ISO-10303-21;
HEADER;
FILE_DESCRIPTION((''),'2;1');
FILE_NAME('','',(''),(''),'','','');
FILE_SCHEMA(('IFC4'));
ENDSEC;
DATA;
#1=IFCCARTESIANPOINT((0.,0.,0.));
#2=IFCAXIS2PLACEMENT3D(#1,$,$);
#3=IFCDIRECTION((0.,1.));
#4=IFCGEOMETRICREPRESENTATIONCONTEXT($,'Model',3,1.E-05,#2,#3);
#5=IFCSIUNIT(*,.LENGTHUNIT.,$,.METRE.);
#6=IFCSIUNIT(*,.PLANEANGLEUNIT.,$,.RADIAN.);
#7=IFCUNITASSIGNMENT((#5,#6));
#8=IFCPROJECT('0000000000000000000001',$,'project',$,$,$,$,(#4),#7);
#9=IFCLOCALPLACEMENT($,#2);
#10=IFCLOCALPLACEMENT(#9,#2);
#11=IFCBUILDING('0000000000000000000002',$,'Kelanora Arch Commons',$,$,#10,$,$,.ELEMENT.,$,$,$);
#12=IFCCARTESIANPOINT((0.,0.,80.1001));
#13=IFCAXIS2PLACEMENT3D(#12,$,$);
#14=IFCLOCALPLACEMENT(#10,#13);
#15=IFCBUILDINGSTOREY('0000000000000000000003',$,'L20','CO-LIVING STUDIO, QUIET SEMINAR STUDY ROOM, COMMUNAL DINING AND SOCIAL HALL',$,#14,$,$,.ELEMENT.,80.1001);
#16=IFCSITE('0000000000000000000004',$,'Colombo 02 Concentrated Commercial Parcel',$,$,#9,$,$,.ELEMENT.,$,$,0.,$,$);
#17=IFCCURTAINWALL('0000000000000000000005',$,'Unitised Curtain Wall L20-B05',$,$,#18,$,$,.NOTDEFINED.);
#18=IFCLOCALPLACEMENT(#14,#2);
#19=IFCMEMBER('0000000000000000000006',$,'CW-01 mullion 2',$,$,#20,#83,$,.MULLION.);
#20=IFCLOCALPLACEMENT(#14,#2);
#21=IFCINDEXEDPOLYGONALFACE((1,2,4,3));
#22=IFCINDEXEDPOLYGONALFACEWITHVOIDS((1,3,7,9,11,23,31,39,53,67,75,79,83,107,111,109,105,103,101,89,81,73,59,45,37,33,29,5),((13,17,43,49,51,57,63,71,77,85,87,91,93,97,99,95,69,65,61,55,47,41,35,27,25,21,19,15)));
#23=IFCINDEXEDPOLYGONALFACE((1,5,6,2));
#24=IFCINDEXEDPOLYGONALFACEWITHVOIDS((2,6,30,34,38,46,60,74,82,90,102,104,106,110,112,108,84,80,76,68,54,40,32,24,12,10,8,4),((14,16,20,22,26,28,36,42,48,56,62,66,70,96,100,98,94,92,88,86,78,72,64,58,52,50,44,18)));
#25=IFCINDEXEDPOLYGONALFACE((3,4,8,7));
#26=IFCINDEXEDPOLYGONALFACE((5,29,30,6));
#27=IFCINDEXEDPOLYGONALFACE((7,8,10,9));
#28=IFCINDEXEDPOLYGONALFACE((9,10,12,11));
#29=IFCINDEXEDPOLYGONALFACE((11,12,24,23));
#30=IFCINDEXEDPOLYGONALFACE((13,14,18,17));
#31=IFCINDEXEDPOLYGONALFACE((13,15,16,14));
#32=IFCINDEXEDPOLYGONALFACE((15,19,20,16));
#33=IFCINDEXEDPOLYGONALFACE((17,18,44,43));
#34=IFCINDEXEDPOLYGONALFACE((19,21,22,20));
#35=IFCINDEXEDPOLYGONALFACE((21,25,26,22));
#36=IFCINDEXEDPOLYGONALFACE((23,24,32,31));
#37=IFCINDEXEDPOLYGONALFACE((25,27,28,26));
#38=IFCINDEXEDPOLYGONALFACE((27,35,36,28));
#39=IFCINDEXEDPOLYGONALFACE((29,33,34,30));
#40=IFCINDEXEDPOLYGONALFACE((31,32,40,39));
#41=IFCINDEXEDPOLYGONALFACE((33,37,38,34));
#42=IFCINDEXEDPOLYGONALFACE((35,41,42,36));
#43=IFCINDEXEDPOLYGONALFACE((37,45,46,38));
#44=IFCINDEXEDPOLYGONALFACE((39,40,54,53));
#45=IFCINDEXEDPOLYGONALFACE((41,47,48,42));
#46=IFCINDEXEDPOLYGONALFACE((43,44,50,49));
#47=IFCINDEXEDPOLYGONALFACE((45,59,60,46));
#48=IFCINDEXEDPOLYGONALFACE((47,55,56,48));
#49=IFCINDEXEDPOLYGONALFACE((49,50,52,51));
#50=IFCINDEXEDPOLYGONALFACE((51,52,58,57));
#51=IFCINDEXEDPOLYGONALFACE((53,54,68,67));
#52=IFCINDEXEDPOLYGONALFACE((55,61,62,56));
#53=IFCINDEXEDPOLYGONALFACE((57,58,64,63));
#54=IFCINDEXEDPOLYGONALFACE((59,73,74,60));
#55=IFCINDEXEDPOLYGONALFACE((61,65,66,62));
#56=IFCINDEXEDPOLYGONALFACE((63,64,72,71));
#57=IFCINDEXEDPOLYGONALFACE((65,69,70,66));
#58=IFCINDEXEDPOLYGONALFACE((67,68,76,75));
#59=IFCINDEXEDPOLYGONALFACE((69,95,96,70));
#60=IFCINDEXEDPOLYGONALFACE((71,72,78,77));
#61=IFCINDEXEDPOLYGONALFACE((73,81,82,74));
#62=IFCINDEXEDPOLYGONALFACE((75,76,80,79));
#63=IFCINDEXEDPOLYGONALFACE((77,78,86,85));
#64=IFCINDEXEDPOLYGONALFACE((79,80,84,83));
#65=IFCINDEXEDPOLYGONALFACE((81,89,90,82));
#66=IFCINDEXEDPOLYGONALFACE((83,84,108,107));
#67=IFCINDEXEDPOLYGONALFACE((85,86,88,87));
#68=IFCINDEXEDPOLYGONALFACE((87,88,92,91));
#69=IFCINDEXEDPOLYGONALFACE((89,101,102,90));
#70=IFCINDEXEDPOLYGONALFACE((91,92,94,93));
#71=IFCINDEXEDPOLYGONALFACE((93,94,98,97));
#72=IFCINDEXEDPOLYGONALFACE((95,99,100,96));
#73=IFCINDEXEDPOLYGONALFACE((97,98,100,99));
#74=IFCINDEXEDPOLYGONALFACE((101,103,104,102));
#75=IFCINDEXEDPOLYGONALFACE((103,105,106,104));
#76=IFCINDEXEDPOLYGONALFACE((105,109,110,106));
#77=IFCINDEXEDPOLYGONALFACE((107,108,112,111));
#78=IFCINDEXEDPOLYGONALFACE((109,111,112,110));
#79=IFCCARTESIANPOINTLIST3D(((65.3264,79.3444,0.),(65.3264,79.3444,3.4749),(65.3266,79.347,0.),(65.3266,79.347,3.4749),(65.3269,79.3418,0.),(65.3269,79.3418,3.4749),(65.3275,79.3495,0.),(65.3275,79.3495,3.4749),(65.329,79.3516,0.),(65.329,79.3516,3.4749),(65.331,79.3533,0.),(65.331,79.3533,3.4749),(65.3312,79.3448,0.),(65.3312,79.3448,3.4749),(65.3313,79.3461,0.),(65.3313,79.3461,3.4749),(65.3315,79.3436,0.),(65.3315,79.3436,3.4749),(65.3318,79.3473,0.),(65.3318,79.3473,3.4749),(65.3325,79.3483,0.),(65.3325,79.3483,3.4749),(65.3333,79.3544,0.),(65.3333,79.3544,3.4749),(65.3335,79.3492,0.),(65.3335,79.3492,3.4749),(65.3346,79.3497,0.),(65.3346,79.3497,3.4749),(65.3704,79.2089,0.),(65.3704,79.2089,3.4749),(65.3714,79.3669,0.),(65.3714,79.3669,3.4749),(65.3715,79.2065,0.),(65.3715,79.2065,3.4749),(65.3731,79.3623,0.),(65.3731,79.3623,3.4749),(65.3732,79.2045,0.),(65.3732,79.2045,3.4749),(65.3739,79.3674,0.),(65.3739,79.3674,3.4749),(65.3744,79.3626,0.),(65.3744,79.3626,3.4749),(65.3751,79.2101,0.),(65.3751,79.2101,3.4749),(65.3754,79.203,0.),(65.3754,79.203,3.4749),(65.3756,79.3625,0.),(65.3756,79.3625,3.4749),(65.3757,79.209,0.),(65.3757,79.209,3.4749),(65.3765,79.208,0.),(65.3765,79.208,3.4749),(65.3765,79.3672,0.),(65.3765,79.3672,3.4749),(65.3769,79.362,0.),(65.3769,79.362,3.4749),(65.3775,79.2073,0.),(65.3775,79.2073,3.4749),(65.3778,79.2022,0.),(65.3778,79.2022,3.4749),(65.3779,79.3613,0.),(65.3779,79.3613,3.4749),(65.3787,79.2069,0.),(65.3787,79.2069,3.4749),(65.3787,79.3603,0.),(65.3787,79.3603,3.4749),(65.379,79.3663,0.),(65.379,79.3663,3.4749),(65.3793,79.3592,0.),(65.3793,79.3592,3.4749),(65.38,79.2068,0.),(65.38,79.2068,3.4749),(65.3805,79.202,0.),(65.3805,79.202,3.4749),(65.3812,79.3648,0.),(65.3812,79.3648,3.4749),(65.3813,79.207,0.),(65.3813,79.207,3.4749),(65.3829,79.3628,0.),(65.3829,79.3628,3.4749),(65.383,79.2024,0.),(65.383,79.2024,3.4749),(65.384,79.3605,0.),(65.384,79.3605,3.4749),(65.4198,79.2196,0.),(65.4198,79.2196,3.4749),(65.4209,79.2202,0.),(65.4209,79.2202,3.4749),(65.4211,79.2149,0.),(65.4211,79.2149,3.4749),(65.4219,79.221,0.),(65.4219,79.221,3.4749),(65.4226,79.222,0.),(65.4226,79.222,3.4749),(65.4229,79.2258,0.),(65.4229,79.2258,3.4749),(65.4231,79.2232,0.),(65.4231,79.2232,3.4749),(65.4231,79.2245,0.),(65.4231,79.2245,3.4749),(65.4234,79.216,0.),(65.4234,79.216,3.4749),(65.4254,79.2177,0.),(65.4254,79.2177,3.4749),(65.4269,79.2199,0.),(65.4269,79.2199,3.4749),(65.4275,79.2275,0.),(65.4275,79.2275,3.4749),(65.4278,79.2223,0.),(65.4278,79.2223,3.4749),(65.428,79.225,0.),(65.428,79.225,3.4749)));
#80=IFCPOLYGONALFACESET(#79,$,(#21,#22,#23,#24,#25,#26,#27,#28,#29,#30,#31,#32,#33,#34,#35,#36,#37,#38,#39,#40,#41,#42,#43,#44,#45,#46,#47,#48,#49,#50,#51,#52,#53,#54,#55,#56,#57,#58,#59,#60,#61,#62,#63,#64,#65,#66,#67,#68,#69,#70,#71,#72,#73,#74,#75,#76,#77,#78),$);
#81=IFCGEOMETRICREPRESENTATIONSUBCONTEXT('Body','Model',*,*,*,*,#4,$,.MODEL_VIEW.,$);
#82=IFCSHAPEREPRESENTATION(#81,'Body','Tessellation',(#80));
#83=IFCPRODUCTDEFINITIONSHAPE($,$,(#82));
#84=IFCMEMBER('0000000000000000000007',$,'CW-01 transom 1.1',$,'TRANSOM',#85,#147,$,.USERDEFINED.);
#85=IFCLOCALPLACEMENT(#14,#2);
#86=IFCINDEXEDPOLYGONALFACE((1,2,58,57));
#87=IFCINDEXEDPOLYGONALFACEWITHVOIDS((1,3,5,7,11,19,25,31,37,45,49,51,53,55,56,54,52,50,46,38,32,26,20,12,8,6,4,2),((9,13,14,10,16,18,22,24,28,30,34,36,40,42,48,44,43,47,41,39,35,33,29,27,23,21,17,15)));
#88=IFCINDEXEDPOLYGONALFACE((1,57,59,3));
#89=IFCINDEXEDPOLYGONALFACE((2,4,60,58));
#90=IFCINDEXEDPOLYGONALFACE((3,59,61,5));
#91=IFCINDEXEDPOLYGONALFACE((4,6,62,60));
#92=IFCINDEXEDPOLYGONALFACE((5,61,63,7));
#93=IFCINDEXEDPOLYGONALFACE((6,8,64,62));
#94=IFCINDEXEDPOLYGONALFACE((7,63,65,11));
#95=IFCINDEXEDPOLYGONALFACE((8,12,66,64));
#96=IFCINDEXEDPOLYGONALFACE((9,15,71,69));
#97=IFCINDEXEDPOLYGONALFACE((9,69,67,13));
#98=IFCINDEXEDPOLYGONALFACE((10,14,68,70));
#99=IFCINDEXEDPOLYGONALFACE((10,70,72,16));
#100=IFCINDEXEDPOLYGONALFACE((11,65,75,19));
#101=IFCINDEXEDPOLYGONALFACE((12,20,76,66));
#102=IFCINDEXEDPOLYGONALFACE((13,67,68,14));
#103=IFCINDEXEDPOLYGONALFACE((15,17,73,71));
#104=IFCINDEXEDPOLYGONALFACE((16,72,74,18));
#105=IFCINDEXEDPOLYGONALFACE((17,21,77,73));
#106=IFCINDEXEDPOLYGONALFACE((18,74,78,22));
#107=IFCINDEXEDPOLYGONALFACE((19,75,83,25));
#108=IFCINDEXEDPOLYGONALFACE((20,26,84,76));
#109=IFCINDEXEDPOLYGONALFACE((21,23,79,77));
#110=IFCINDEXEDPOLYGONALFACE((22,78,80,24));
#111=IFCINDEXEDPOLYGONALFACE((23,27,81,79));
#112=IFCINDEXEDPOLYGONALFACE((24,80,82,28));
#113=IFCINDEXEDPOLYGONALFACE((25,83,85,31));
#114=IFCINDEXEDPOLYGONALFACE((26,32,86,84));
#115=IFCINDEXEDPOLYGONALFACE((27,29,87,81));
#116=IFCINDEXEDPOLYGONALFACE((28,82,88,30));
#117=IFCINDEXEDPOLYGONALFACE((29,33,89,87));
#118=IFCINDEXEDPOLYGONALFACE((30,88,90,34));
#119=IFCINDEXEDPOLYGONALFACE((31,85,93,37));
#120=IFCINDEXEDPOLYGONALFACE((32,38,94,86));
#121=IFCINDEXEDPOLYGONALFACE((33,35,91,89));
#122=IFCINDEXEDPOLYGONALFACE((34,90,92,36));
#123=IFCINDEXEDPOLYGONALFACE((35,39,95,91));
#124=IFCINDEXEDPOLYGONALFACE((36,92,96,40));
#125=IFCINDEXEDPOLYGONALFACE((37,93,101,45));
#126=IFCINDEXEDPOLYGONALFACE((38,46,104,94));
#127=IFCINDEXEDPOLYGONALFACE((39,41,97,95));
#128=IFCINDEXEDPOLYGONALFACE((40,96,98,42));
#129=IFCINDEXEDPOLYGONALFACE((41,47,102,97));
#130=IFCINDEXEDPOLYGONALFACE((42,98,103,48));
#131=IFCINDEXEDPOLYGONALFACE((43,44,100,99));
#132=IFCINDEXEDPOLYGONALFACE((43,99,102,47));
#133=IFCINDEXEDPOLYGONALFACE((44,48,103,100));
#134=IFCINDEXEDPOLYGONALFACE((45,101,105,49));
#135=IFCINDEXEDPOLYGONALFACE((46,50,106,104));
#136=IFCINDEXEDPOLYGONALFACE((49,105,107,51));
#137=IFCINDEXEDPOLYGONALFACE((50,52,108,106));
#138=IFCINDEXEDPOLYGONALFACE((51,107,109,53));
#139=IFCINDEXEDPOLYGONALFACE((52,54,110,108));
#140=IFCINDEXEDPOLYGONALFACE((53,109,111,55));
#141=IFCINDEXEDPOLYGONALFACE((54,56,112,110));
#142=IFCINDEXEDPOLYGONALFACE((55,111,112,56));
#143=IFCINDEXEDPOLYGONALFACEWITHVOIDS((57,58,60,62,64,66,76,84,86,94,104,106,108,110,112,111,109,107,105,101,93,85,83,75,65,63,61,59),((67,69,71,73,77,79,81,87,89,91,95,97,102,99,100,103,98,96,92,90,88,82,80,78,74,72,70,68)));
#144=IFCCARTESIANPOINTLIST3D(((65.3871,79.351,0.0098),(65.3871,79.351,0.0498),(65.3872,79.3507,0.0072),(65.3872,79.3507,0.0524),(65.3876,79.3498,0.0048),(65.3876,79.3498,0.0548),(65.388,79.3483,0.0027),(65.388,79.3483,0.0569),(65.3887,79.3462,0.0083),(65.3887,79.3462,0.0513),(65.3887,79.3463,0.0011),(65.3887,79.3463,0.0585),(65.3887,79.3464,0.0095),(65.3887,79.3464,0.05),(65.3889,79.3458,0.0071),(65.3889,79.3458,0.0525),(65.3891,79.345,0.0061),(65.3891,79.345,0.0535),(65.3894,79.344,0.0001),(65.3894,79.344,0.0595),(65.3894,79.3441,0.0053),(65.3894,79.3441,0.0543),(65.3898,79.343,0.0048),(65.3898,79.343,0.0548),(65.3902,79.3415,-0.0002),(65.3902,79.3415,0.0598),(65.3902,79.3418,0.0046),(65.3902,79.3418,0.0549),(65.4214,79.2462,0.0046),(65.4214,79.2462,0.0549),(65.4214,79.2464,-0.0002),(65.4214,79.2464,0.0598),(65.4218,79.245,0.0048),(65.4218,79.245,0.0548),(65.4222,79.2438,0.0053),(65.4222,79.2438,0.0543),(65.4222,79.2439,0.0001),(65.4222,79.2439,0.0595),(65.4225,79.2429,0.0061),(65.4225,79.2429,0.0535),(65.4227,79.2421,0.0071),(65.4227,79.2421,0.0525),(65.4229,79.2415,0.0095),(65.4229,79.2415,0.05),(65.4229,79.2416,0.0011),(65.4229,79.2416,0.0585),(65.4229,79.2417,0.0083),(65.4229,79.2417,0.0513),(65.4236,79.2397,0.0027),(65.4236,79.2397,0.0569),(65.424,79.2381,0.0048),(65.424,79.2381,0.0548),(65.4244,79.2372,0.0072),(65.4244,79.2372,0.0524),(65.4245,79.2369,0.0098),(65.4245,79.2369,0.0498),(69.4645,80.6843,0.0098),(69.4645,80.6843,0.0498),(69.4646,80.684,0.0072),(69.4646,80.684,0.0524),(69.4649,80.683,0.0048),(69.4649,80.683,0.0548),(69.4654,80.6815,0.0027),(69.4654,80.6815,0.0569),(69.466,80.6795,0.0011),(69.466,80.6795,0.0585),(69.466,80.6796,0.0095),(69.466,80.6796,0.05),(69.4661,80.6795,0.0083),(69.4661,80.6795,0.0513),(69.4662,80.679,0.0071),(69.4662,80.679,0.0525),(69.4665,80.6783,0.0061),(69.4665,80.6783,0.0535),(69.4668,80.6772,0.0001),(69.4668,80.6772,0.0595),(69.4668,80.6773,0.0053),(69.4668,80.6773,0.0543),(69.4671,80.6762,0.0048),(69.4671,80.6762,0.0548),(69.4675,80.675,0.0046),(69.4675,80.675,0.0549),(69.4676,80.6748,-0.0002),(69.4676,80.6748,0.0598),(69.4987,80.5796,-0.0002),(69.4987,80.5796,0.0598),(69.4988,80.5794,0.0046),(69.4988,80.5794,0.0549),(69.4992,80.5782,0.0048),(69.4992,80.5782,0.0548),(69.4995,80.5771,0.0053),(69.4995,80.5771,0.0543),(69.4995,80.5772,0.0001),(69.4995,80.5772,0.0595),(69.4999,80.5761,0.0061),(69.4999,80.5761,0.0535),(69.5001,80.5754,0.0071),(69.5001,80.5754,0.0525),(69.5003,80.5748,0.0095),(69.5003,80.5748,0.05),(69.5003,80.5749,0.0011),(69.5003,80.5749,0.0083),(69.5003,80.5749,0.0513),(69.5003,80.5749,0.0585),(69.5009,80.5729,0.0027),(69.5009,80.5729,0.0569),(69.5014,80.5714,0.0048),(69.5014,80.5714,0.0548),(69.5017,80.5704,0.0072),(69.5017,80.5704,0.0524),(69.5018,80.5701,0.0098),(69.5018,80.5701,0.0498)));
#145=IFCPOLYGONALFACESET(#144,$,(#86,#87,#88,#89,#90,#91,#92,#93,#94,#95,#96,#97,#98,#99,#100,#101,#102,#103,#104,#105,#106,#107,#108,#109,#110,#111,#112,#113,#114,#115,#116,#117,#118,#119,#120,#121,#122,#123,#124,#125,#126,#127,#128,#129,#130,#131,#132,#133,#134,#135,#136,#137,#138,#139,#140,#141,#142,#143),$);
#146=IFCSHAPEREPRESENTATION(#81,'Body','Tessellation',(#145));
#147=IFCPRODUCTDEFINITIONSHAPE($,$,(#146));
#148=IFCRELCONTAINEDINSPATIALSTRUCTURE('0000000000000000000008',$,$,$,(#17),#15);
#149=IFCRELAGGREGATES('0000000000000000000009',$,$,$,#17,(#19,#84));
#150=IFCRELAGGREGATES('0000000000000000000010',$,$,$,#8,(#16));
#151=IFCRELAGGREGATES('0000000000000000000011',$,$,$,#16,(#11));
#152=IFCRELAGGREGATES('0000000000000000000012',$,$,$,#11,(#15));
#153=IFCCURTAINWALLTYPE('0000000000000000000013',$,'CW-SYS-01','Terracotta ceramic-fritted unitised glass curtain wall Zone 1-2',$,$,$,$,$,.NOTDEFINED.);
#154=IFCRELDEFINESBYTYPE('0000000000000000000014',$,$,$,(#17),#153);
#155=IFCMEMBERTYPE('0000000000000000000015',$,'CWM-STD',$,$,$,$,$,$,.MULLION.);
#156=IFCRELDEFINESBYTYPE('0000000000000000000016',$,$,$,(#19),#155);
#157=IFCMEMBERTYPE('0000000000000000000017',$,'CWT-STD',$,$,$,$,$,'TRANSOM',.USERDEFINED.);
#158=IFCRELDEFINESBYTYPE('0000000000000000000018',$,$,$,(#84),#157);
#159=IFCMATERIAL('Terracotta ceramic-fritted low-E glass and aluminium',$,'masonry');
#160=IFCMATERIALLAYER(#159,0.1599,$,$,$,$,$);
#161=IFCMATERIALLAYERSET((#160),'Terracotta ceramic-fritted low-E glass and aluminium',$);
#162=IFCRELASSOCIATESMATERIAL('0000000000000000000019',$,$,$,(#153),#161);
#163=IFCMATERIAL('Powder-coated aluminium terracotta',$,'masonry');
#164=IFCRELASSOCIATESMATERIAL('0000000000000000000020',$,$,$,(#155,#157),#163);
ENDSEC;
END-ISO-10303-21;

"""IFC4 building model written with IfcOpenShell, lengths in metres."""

from ifc_helpers import new_model, si_unit, direction, frame, origin, origin_2d, place, context, subcontext, project, spatial, hollow_rectangle, extrude, material, layer, layer_set, material_profile, profile_set, type_object, element, aggregate, save


model = new_model("IFC4")

# Units and contexts
model_context = context("Model", 3, precision=1e-05, world=origin(), true_north=direction((0.0, 1.0)))
body_context = subcontext(model_context, "Body", "Model", "MODEL_VIEW")
ifc_project = project(units=[si_unit("LENGTHUNIT", "METRE"), si_unit("PLANEANGLEUNIT", "RADIAN")], contexts=[model_context])

# Site, building, storey
site_placement = place(None, origin())
site = spatial("IfcSite", under=ifc_project, at=site_placement, Name="Colombo 02 Concentrated Commercial Parcel", CompositionType="ELEMENT", RefElevation=0.0)
building_placement = place(site_placement, origin())
building = spatial("IfcBuilding", under=site, at=building_placement, Name="Kelanora Arch Commons", CompositionType="ELEMENT")
storey_placement = place(building_placement, frame((0.0, 0.0, 80.1001)))
storey = spatial("IfcBuildingStorey", under=building, at=storey_placement, Name="L20", Description="CO-LIVING STUDIO, QUIET SEMINAR STUDY ROOM, COMMUNAL DINING AND SOCIAL HALL", CompositionType="ELEMENT", Elevation=80.1001)

# Curtain wall, members
ifc_material_1 = material(Name="Terracotta ceramic-fritted low-E glass and aluminium", Category="masonry")
ifc_layer_1 = layer(ifc_material_1, 0.1599)
ifc_layer_set_1 = layer_set([ifc_layer_1], Name="Terracotta ceramic-fritted low-E glass and aluminium")
curtain_wall_type = type_object("IfcCurtainWallType", Name="CW-SYS-01", Description="Terracotta ceramic-fritted unitised glass curtain wall Zone 1-2", PredefinedType="NOTDEFINED", material=ifc_layer_set_1)
curtain_wall_placement = place(storey_placement, origin())
curtain_wall = element("IfcCurtainWall", 1, at=curtain_wall_placement, inside=storey, type_object=curtain_wall_type, Name="Unitised Curtain Wall L20-B05", PredefinedType="NOTDEFINED")
ifc_material_2 = material(Name="Powder-coated aluminium terracotta", Category="masonry")
ifc_material_profile_1 = material_profile(ifc_material_2, hollow_rectangle(XDim=0.1599, YDim=0.0601, WallThickness=0.0049, InnerFilletRadius=0.0049, OuterFilletRadius=0.01, at=origin_2d()), Name="CWM160x60")
ifc_profile_set_1 = profile_set([ifc_material_profile_1], Name="Powder-coated aluminium terracotta")
member_type_1 = type_object("IfcMemberType", Name="CWM-STD", PredefinedType="MULLION", material=ifc_profile_set_1)
member_1_placement = place(storey_placement, frame((65.3772, 79.2847, 0.0), z_axis=(0.0, 0.0, 1.0), x_axis=(0.310805, -0.950474, 0.0)))
member_1 = element("IfcMember", 2, at=member_1_placement, type_object=member_type_1, Name="CW-01 mullion 2", PredefinedType="MULLION", context=body_context, shape_type="SweptSolid", body=[
    extrude(hollow_rectangle(XDim=0.1599, YDim=0.0601, WallThickness=0.0049, InnerFilletRadius=0.0049, OuterFilletRadius=0.01, at=origin_2d()), origin(), (0.0, 0.0, 1.0), 3.4749),
])
ifc_material_profile_2 = material_profile(ifc_material_2, hollow_rectangle(XDim=0.1201, YDim=0.0601, WallThickness=0.0049, InnerFilletRadius=0.0049, OuterFilletRadius=0.01, at=origin_2d()), Name="CWT120x60")
ifc_profile_set_2 = profile_set([ifc_material_profile_2], Name="Powder-coated aluminium terracotta")
member_type_2 = type_object("IfcMemberType", Name="CWT-STD", ElementType="TRANSOM", PredefinedType="USERDEFINED", material=ifc_profile_set_2)
member_2_placement = place(storey_placement, frame((69.4832, 80.6272, 0.0298), z_axis=(-0.950478, -0.310793, 0.0), x_axis=(0.310793, -0.950478, 0.0)))
member_2 = element("IfcMember", 3, at=member_2_placement, type_object=member_type_2, Name="CW-01 transom 1.1", ObjectType="TRANSOM", PredefinedType="USERDEFINED", context=body_context, shape_type="SweptSolid", body=[
    extrude(hollow_rectangle(XDim=0.1201, YDim=0.0601, WallThickness=0.0049, InnerFilletRadius=0.0049, OuterFilletRadius=0.01, at=origin_2d()), origin(), (0.0, 0.0, 1.0), 4.2898),
])
aggregate(curtain_wall, [member_1, member_2])

save(model, "model.ifc")
